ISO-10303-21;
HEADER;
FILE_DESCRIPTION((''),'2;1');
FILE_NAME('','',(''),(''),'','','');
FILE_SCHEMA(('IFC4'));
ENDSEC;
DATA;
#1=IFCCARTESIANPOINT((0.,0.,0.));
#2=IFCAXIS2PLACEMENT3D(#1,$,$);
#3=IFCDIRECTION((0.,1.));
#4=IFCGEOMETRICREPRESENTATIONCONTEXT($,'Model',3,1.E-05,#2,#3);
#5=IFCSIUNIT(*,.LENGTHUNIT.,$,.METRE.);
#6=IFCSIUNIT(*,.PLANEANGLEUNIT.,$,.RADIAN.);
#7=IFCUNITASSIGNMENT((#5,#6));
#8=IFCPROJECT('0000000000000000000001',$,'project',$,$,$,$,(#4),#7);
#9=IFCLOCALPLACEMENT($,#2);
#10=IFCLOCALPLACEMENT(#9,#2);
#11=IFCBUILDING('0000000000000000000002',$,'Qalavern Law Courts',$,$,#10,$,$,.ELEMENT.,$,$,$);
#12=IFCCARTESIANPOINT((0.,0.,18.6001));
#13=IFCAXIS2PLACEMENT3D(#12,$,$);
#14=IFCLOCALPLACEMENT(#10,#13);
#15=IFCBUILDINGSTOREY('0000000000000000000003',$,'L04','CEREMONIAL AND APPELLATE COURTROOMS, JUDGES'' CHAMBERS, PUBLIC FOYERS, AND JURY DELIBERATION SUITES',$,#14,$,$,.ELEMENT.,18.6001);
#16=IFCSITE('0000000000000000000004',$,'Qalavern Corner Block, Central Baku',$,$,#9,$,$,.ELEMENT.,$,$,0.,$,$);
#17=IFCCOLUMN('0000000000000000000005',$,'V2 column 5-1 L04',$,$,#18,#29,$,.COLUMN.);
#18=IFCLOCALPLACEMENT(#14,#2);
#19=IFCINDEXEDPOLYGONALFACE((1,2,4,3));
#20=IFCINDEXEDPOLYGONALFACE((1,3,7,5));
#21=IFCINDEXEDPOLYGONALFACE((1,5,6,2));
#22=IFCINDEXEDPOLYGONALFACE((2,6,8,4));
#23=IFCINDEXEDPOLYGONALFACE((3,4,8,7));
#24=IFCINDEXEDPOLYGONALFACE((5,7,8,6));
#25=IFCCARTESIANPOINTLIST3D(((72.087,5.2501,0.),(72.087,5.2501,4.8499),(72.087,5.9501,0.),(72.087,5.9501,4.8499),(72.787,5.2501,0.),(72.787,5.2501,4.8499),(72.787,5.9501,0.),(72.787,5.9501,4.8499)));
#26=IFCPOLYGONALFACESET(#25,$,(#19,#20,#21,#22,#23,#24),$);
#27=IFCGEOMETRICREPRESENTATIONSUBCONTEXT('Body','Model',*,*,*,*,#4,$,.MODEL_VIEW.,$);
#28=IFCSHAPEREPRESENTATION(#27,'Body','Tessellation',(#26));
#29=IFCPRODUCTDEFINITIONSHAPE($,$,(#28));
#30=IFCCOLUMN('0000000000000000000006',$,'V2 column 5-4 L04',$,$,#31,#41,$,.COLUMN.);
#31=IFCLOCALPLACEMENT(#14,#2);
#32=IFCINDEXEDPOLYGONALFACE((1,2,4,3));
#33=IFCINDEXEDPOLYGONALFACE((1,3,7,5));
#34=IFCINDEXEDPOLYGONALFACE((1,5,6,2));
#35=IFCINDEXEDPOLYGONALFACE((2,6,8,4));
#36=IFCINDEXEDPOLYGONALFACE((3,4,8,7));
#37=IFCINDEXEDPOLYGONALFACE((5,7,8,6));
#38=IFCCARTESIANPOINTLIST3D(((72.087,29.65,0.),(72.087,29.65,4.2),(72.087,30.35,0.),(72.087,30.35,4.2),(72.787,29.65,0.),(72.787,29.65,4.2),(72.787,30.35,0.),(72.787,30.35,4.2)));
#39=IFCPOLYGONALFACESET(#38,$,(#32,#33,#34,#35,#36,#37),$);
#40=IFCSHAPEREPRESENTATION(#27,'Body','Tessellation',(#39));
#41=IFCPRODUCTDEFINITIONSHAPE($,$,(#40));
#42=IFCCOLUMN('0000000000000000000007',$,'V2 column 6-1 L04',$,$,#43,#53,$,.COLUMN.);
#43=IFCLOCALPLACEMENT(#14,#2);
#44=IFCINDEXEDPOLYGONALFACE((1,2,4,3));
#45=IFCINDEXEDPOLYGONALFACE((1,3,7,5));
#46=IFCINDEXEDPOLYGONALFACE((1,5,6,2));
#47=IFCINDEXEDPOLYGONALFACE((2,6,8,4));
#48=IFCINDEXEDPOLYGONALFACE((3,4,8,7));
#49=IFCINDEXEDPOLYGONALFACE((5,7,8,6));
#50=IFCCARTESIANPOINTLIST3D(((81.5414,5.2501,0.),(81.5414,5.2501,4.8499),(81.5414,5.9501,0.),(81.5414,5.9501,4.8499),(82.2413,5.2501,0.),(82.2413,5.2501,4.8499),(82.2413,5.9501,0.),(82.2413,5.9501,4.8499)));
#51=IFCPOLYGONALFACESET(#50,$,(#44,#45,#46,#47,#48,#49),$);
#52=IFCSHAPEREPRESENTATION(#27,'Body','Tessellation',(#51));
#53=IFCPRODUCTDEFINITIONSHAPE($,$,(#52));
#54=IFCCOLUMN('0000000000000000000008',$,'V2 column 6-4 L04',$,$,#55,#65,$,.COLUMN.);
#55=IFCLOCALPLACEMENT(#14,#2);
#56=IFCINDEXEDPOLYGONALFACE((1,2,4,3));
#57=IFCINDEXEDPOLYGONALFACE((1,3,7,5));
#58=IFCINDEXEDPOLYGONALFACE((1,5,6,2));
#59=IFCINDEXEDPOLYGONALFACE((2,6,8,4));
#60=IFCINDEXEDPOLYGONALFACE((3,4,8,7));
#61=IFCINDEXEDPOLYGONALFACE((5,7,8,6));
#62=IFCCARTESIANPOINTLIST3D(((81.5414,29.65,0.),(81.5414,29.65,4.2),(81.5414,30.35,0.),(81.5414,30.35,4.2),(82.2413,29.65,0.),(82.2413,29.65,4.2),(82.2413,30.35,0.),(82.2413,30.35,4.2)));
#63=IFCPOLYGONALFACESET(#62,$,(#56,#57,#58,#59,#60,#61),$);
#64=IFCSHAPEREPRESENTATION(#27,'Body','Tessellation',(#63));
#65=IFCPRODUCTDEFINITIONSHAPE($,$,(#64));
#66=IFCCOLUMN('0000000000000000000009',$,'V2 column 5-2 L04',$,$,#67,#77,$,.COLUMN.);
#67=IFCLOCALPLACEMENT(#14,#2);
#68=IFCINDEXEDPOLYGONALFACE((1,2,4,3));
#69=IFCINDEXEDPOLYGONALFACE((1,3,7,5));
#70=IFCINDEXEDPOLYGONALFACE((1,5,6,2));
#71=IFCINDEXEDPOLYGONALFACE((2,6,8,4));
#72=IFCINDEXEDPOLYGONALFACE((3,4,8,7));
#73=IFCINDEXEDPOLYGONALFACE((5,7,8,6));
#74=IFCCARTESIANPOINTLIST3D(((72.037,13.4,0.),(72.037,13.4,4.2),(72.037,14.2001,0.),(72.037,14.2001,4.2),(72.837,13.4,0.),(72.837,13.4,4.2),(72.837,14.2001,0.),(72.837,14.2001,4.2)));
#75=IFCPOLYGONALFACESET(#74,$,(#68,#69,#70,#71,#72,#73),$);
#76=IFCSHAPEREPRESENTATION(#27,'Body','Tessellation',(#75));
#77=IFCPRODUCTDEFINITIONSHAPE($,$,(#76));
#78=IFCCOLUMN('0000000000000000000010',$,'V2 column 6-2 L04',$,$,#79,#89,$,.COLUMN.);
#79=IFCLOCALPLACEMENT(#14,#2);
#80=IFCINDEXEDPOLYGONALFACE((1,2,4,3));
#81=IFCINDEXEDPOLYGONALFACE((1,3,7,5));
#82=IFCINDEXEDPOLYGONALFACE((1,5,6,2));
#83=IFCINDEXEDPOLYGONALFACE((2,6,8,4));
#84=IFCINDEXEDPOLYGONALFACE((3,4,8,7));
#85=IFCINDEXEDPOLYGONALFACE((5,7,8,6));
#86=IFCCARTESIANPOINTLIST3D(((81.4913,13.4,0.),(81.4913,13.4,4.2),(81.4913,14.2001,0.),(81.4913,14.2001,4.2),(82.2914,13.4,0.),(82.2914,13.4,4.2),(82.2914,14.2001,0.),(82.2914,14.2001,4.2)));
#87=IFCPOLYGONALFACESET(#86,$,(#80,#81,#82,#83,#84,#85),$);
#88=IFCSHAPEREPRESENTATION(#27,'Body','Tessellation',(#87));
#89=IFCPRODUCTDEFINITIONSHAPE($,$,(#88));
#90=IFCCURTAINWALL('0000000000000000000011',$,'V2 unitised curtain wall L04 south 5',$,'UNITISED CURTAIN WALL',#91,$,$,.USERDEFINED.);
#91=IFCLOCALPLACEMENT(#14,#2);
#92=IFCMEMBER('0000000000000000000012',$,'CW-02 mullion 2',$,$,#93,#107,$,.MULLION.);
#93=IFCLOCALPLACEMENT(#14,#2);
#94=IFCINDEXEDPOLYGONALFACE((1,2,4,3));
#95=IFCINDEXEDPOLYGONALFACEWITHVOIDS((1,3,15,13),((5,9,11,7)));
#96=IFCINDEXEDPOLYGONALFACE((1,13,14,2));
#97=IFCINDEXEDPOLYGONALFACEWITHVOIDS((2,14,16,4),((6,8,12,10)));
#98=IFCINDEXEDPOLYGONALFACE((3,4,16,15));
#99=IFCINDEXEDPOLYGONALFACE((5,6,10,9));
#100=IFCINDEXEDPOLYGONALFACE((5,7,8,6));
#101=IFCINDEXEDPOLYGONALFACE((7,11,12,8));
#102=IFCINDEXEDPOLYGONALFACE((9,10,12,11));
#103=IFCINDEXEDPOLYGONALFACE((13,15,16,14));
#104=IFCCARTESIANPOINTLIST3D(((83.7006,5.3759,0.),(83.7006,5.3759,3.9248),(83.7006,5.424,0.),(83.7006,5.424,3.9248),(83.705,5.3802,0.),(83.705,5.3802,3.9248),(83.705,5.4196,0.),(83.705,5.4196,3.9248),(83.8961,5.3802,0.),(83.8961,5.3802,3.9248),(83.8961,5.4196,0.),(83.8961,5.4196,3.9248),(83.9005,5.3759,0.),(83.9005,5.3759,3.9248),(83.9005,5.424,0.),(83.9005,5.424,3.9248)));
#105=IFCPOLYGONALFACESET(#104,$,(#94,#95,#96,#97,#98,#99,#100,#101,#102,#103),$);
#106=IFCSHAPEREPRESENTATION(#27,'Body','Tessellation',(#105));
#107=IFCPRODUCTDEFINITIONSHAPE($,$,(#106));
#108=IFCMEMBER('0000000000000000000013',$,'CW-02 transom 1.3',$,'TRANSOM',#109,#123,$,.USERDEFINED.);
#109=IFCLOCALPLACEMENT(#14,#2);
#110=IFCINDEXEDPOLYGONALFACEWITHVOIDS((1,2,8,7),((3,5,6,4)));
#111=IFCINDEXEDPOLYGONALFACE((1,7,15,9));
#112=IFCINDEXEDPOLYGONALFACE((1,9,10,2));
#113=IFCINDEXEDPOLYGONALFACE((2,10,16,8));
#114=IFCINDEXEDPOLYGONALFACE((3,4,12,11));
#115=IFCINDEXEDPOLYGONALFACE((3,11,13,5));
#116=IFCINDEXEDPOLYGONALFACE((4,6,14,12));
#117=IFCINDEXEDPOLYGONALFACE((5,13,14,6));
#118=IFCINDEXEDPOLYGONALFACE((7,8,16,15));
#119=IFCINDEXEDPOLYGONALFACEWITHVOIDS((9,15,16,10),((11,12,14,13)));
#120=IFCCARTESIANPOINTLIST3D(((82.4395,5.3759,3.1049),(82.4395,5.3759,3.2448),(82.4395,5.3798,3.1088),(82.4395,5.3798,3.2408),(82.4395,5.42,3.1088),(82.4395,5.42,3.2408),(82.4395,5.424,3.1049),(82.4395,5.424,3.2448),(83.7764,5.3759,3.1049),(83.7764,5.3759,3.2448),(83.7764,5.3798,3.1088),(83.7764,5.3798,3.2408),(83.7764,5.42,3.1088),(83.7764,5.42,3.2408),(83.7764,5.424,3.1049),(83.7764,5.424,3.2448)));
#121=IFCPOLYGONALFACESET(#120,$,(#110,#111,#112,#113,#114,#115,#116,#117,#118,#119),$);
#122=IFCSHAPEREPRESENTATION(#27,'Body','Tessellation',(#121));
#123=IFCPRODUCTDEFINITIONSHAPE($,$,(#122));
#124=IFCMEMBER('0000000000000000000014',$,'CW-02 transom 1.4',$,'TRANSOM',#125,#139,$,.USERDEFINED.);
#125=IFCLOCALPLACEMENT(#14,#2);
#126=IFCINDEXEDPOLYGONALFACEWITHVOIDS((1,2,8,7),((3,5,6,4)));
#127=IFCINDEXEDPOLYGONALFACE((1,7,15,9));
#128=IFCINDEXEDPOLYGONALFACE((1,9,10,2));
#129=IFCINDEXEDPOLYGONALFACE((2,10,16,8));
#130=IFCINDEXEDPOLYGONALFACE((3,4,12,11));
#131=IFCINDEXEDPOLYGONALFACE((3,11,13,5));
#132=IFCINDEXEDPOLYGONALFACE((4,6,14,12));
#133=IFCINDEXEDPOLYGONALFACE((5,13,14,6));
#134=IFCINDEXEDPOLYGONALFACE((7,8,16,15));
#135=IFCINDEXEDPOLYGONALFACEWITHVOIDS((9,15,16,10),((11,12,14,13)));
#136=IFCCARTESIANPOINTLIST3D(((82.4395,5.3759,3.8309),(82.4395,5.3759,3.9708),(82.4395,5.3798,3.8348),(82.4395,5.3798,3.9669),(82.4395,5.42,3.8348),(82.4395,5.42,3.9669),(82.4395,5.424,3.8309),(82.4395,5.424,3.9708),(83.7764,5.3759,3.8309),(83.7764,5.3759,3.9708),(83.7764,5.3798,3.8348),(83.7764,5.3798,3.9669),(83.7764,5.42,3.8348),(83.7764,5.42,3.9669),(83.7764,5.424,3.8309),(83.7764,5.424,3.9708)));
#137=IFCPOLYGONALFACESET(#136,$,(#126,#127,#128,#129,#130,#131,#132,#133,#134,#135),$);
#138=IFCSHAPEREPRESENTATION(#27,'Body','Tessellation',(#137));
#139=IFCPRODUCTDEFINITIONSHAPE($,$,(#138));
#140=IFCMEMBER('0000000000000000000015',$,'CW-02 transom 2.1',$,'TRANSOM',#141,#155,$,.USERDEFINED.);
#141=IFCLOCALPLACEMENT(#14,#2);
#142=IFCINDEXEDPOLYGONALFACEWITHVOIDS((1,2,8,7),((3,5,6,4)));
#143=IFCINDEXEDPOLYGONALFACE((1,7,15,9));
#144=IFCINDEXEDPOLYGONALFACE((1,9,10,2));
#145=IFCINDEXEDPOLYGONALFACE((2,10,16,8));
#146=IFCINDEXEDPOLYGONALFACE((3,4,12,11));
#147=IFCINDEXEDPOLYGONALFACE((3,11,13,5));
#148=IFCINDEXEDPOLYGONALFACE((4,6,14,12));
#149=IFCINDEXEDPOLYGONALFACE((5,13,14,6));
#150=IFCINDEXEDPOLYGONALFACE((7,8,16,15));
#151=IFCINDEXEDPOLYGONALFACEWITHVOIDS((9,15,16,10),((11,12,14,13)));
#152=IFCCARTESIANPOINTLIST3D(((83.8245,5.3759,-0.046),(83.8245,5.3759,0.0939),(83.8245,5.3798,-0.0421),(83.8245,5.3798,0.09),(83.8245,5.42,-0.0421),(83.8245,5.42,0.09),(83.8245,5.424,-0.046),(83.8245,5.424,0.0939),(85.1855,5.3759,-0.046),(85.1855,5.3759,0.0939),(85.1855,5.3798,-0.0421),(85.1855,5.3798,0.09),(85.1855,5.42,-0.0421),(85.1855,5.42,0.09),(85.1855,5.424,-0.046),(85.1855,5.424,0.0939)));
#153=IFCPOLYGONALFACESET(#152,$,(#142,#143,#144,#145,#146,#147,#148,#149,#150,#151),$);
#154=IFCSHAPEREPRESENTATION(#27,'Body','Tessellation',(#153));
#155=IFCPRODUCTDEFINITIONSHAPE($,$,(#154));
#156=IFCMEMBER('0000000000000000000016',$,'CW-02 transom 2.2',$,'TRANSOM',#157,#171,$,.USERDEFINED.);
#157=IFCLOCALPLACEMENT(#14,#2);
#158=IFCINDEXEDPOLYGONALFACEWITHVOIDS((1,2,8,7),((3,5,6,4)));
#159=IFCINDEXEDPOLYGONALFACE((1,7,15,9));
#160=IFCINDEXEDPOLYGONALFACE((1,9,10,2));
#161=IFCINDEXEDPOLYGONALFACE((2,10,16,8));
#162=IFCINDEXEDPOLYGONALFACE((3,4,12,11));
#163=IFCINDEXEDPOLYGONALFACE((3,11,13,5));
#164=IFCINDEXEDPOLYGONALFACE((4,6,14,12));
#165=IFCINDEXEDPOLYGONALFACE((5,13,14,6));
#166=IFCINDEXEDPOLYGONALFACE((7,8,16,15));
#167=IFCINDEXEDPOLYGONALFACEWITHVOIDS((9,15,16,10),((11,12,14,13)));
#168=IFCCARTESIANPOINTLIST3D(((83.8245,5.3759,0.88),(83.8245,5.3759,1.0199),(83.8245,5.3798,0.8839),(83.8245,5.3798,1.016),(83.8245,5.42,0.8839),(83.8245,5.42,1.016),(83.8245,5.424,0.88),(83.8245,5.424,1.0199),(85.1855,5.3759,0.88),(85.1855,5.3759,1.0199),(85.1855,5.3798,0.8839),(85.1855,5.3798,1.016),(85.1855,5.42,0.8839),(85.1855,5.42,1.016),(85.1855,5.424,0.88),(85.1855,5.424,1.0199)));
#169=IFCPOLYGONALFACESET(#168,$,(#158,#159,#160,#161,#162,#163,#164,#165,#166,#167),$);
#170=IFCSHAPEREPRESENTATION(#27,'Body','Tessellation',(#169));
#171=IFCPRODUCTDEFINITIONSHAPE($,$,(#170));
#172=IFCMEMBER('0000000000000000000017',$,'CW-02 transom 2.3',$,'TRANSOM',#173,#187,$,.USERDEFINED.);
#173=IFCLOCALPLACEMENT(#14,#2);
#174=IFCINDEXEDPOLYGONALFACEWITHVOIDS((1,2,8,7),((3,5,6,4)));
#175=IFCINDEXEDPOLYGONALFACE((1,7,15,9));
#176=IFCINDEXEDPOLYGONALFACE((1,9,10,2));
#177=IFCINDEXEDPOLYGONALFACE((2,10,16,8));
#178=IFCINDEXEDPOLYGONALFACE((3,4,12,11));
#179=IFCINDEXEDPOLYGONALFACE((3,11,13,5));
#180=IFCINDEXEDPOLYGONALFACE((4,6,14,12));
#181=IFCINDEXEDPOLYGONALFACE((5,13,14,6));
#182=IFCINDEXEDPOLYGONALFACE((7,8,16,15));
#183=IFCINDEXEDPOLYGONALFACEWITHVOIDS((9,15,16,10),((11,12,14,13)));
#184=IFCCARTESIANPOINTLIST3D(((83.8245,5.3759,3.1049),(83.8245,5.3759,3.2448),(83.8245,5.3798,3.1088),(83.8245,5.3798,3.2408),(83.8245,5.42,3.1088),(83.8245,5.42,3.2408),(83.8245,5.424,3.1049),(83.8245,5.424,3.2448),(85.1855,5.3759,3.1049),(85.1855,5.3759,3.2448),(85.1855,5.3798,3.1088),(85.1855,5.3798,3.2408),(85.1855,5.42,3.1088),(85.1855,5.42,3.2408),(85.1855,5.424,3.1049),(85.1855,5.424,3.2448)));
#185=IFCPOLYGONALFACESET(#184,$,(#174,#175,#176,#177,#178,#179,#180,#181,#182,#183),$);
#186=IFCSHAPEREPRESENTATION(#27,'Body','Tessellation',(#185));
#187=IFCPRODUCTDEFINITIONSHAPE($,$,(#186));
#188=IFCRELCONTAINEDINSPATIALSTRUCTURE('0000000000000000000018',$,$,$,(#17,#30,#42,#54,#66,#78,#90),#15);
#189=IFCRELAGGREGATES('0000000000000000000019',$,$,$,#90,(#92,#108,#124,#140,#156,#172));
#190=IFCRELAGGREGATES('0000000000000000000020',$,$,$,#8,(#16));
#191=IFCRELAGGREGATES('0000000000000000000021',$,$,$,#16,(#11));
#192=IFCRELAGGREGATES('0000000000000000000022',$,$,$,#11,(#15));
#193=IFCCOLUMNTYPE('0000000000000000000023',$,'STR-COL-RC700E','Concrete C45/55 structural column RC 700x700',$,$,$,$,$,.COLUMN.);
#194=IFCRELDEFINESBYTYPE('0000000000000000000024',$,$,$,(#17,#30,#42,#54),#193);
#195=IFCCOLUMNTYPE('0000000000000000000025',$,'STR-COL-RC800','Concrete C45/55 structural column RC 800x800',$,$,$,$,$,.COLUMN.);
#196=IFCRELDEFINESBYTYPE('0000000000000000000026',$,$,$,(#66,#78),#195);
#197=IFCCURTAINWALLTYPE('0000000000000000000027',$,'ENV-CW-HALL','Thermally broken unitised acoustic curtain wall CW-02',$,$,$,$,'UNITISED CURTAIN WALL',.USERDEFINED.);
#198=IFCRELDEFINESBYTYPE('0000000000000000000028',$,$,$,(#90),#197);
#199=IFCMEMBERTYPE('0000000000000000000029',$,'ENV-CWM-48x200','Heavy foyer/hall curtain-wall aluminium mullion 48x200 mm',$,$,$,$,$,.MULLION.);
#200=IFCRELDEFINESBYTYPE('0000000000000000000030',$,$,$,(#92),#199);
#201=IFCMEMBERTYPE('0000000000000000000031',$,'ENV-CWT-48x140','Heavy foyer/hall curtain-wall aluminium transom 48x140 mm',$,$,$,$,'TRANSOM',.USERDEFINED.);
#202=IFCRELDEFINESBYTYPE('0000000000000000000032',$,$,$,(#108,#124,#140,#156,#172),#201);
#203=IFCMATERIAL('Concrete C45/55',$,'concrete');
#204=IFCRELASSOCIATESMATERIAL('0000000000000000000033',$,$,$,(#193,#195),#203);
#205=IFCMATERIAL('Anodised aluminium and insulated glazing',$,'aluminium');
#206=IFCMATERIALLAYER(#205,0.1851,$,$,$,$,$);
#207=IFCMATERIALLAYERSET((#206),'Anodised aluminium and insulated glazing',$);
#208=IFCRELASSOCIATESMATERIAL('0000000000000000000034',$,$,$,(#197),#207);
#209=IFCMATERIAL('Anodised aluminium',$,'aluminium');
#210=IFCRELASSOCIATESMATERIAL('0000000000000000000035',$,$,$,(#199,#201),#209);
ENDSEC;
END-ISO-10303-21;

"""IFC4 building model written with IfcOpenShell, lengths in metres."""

from ifc_helpers import new_model, si_unit, direction, frame, origin, origin_2d, place, context, subcontext, project, spatial, rectangle, hollow_rectangle, extrude, material, layer, layer_set, material_profile, profile_set, type_object, element, aggregate, save


model = new_model("IFC4")

# Units and contexts
model_context = context("Model", 3, precision=1e-05, world=origin(), true_north=direction((0.0, 1.0)))
body_context = subcontext(model_context, "Body", "Model", "MODEL_VIEW")
ifc_project = project(units=[si_unit("LENGTHUNIT", "METRE"), si_unit("PLANEANGLEUNIT", "RADIAN")], contexts=[model_context])

# Site, building, storey
site_placement = place(None, origin())
site = spatial("IfcSite", under=ifc_project, at=site_placement, Name="Qalavern Corner Block, Central Baku", CompositionType="ELEMENT", RefElevation=0.0)
building_placement = place(site_placement, origin())
building = spatial("IfcBuilding", under=site, at=building_placement, Name="Qalavern Law Courts", CompositionType="ELEMENT")
storey_placement = place(building_placement, frame((0.0, 0.0, 18.6001)))
storey = spatial("IfcBuildingStorey", under=building, at=storey_placement, Name="L04", Description="CEREMONIAL AND APPELLATE COURTROOMS, JUDGES' CHAMBERS, PUBLIC FOYERS, AND JURY DELIBERATION SUITES", CompositionType="ELEMENT", Elevation=18.6001)

# Columns
ifc_material_1 = material(Name="Concrete C45/55", Category="concrete")
ifc_material_profile_1 = material_profile(ifc_material_1, rectangle(XDim=0.7, YDim=0.7, at=origin_2d()), Name="RC 700x700")
ifc_profile_set_1 = profile_set([ifc_material_profile_1], Name="Concrete C45/55")
column_type_1 = type_object("IfcColumnType", Name="STR-COL-RC700E", Description="Concrete C45/55 structural column RC 700x700", PredefinedType="COLUMN", material=ifc_profile_set_1)
column_1_placement = place(storey_placement, frame((72.437, 5.6001, 0.0), z_axis=(0.0, 0.0, 1.0), x_axis=(1.0, 0.0, 0.0)))
element("IfcColumn", 1, at=column_1_placement, inside=storey, type_object=column_type_1, Name="V2 column 5-1 L04", PredefinedType="COLUMN", context=body_context, shape_type="SweptSolid", body=[
    extrude(rectangle(XDim=0.7, YDim=0.7, at=origin_2d()), origin(), (0.0, 0.0, 1.0), 4.8499),
])
column_2_placement = place(storey_placement, frame((72.437, 30.0, 0.0), z_axis=(0.0, 0.0, 1.0), x_axis=(1.0, 0.0, 0.0)))
element("IfcColumn", 2, at=column_2_placement, inside=storey, type_object=column_type_1, Name="V2 column 5-4 L04", PredefinedType="COLUMN", context=body_context, shape_type="SweptSolid", body=[
    extrude(rectangle(XDim=0.7, YDim=0.7, at=origin_2d()), origin(), (0.0, 0.0, 1.0), 4.2),
])
column_3_placement = place(storey_placement, frame((81.8914, 5.6001, 0.0), z_axis=(0.0, 0.0, 1.0), x_axis=(1.0, 0.0, 0.0)))
element("IfcColumn", 3, at=column_3_placement, inside=storey, type_object=column_type_1, Name="V2 column 6-1 L04", PredefinedType="COLUMN", context=body_context, shape_type="SweptSolid", body=[
    extrude(rectangle(XDim=0.7, YDim=0.7, at=origin_2d()), origin(), (0.0, 0.0, 1.0), 4.8499),
])
column_4_placement = place(storey_placement, frame((81.8914, 30.0, 0.0), z_axis=(0.0, 0.0, 1.0), x_axis=(1.0, 0.0, 0.0)))
element("IfcColumn", 4, at=column_4_placement, inside=storey, type_object=column_type_1, Name="V2 column 6-4 L04", PredefinedType="COLUMN", context=body_context, shape_type="SweptSolid", body=[
    extrude(rectangle(XDim=0.7, YDim=0.7, at=origin_2d()), origin(), (0.0, 0.0, 1.0), 4.2),
])
ifc_material_profile_2 = material_profile(ifc_material_1, rectangle(XDim=0.8, YDim=0.8, at=origin_2d()), Name="RC 800x800")
ifc_profile_set_2 = profile_set([ifc_material_profile_2], Name="Concrete C45/55")
column_type_2 = type_object("IfcColumnType", Name="STR-COL-RC800", Description="Concrete C45/55 structural column RC 800x800", PredefinedType="COLUMN", material=ifc_profile_set_2)
for number, where, z_axis, x_axis, name in (
    (5, (72.437, 13.8, 0.0), (0.0, 0.0, 1.0), (1.0, 0.0, 0.0), "V2 column 5-2 L04"),
    (6, (81.8914, 13.8, 0.0), (0.0, 0.0, 1.0), (1.0, 0.0, 0.0), "V2 column 6-2 L04"),
):
    element("IfcColumn", number, at=place(storey_placement, frame(where, z_axis=z_axis, x_axis=x_axis)), inside=storey, type_object=column_type_2, Name=name, PredefinedType="COLUMN", context=body_context, shape_type="SweptSolid", body=[
        extrude(rectangle(XDim=0.8, YDim=0.8, at=origin_2d()), origin(), (0.0, 0.0, 1.0), 4.2),
    ])

# Curtain wall, members
ifc_material_2 = material(Name="Anodised aluminium and insulated glazing", Category="aluminium")
ifc_layer_1 = layer(ifc_material_2, 0.1851)
ifc_layer_set_1 = layer_set([ifc_layer_1], Name="Anodised aluminium and insulated glazing")
curtain_wall_type = type_object("IfcCurtainWallType", Name="ENV-CW-HALL", Description="Thermally broken unitised acoustic curtain wall CW-02", ElementType="UNITISED CURTAIN WALL", PredefinedType="USERDEFINED", material=ifc_layer_set_1)
curtain_wall_placement = place(storey_placement, origin())
curtain_wall = element("IfcCurtainWall", 7, at=curtain_wall_placement, inside=storey, type_object=curtain_wall_type, Name="V2 unitised curtain wall L04 south 5", ObjectType="UNITISED CURTAIN WALL", PredefinedType="USERDEFINED")
ifc_material_3 = material(Name="Anodised aluminium", Category="aluminium")
ifc_material_profile_3 = material_profile(ifc_material_3, hollow_rectangle(XDim=0.0481, YDim=0.2, WallThickness=0.0044, at=origin_2d()), Name="ALU MULLION 48x200")
ifc_profile_set_3 = profile_set([ifc_material_profile_3], Name="Anodised aluminium")
member_type_1 = type_object("IfcMemberType", Name="ENV-CWM-48x200", Description="Heavy foyer/hall curtain-wall aluminium mullion 48x200 mm", PredefinedType="MULLION", material=ifc_profile_set_3)
member_1_placement = place(storey_placement, frame((83.8005, 5.3999, 0.0), z_axis=(0.0, 0.0, 1.0), x_axis=(0.0, 1.0, 0.0)))
member_1 = element("IfcMember", 8, at=member_1_placement, type_object=member_type_1, Name="CW-02 mullion 2", PredefinedType="MULLION", context=body_context, shape_type="SweptSolid", body=[
    extrude(hollow_rectangle(XDim=0.0481, YDim=0.2, WallThickness=0.0044, at=origin_2d()), origin(), (0.0, 0.0, 1.0), 3.9248),
])
ifc_material_profile_4 = material_profile(ifc_material_3, hollow_rectangle(XDim=0.0481, YDim=0.1399, WallThickness=0.0039, at=origin_2d()), Name="ALU TRANSOM 48x140")
ifc_profile_set_4 = profile_set([ifc_material_profile_4], Name="Anodised aluminium")
member_type_2 = type_object("IfcMemberType", Name="ENV-CWT-48x140", Description="Heavy foyer/hall curtain-wall aluminium transom 48x140 mm", ElementType="TRANSOM", PredefinedType="USERDEFINED", material=ifc_profile_set_4)
member_2_placement = place(storey_placement, frame((82.4395, 5.3999, 3.1748), z_axis=(1.0, 0.0, 0.0), x_axis=(0.0, 1.0, 0.0)))
member_2 = element("IfcMember", 9, at=member_2_placement, type_object=member_type_2, Name="CW-02 transom 1.3", ObjectType="TRANSOM", PredefinedType="USERDEFINED", context=body_context, shape_type="SweptSolid", body=[
    extrude(hollow_rectangle(XDim=0.0481, YDim=0.1399, WallThickness=0.0039, at=origin_2d()), origin(), (0.0, 0.0, 1.0), 1.3369),
])
member_3_placement = place(storey_placement, frame((82.4395, 5.3999, 3.9009), z_axis=(1.0, 0.0, 0.0), x_axis=(0.0, 1.0, 0.0)))
member_3 = element("IfcMember", 10, at=member_3_placement, type_object=member_type_2, Name="CW-02 transom 1.4", ObjectType="TRANSOM", PredefinedType="USERDEFINED", context=body_context, shape_type="SweptSolid", body=[
    extrude(hollow_rectangle(XDim=0.0481, YDim=0.1399, WallThickness=0.0039, at=origin_2d()), origin(), (0.0, 0.0, 1.0), 1.3369),
])
member_4_placement = place(storey_placement, frame((83.8245, 5.3999, 0.0239), z_axis=(1.0, 0.0, 0.0), x_axis=(0.0, 1.0, 0.0)))
member_4 = element("IfcMember", 11, at=member_4_placement, type_object=member_type_2, Name="CW-02 transom 2.1", ObjectType="TRANSOM", PredefinedType="USERDEFINED", context=body_context, shape_type="SweptSolid", body=[
    extrude(hollow_rectangle(XDim=0.0481, YDim=0.1399, WallThickness=0.0039, at=origin_2d()), origin(), (0.0, 0.0, 1.0), 1.3611),
])
member_5_placement = place(storey_placement, frame((83.8245, 5.3999, 0.95), z_axis=(1.0, 0.0, 0.0), x_axis=(0.0, 1.0, 0.0)))
member_5 = element("IfcMember", 12, at=member_5_placement, type_object=member_type_2, Name="CW-02 transom 2.2", ObjectType="TRANSOM", PredefinedType="USERDEFINED", context=body_context, shape_type="SweptSolid", body=[
    extrude(hollow_rectangle(XDim=0.0481, YDim=0.1399, WallThickness=0.0039, at=origin_2d()), origin(), (0.0, 0.0, 1.0), 1.3611),
])
member_6_placement = place(storey_placement, frame((83.8245, 5.3999, 3.1748), z_axis=(1.0, 0.0, 0.0), x_axis=(0.0, 1.0, 0.0)))
member_6 = element("IfcMember", 13, at=member_6_placement, type_object=member_type_2, Name="CW-02 transom 2.3", ObjectType="TRANSOM", PredefinedType="USERDEFINED", context=body_context, shape_type="SweptSolid", body=[
    extrude(hollow_rectangle(XDim=0.0481, YDim=0.1399, WallThickness=0.0039, at=origin_2d()), origin(), (0.0, 0.0, 1.0), 1.3611),
])

aggregate(curtain_wall, [member_1, member_2, member_3, member_4, member_5, member_6])

save(model, "model.ifc")
